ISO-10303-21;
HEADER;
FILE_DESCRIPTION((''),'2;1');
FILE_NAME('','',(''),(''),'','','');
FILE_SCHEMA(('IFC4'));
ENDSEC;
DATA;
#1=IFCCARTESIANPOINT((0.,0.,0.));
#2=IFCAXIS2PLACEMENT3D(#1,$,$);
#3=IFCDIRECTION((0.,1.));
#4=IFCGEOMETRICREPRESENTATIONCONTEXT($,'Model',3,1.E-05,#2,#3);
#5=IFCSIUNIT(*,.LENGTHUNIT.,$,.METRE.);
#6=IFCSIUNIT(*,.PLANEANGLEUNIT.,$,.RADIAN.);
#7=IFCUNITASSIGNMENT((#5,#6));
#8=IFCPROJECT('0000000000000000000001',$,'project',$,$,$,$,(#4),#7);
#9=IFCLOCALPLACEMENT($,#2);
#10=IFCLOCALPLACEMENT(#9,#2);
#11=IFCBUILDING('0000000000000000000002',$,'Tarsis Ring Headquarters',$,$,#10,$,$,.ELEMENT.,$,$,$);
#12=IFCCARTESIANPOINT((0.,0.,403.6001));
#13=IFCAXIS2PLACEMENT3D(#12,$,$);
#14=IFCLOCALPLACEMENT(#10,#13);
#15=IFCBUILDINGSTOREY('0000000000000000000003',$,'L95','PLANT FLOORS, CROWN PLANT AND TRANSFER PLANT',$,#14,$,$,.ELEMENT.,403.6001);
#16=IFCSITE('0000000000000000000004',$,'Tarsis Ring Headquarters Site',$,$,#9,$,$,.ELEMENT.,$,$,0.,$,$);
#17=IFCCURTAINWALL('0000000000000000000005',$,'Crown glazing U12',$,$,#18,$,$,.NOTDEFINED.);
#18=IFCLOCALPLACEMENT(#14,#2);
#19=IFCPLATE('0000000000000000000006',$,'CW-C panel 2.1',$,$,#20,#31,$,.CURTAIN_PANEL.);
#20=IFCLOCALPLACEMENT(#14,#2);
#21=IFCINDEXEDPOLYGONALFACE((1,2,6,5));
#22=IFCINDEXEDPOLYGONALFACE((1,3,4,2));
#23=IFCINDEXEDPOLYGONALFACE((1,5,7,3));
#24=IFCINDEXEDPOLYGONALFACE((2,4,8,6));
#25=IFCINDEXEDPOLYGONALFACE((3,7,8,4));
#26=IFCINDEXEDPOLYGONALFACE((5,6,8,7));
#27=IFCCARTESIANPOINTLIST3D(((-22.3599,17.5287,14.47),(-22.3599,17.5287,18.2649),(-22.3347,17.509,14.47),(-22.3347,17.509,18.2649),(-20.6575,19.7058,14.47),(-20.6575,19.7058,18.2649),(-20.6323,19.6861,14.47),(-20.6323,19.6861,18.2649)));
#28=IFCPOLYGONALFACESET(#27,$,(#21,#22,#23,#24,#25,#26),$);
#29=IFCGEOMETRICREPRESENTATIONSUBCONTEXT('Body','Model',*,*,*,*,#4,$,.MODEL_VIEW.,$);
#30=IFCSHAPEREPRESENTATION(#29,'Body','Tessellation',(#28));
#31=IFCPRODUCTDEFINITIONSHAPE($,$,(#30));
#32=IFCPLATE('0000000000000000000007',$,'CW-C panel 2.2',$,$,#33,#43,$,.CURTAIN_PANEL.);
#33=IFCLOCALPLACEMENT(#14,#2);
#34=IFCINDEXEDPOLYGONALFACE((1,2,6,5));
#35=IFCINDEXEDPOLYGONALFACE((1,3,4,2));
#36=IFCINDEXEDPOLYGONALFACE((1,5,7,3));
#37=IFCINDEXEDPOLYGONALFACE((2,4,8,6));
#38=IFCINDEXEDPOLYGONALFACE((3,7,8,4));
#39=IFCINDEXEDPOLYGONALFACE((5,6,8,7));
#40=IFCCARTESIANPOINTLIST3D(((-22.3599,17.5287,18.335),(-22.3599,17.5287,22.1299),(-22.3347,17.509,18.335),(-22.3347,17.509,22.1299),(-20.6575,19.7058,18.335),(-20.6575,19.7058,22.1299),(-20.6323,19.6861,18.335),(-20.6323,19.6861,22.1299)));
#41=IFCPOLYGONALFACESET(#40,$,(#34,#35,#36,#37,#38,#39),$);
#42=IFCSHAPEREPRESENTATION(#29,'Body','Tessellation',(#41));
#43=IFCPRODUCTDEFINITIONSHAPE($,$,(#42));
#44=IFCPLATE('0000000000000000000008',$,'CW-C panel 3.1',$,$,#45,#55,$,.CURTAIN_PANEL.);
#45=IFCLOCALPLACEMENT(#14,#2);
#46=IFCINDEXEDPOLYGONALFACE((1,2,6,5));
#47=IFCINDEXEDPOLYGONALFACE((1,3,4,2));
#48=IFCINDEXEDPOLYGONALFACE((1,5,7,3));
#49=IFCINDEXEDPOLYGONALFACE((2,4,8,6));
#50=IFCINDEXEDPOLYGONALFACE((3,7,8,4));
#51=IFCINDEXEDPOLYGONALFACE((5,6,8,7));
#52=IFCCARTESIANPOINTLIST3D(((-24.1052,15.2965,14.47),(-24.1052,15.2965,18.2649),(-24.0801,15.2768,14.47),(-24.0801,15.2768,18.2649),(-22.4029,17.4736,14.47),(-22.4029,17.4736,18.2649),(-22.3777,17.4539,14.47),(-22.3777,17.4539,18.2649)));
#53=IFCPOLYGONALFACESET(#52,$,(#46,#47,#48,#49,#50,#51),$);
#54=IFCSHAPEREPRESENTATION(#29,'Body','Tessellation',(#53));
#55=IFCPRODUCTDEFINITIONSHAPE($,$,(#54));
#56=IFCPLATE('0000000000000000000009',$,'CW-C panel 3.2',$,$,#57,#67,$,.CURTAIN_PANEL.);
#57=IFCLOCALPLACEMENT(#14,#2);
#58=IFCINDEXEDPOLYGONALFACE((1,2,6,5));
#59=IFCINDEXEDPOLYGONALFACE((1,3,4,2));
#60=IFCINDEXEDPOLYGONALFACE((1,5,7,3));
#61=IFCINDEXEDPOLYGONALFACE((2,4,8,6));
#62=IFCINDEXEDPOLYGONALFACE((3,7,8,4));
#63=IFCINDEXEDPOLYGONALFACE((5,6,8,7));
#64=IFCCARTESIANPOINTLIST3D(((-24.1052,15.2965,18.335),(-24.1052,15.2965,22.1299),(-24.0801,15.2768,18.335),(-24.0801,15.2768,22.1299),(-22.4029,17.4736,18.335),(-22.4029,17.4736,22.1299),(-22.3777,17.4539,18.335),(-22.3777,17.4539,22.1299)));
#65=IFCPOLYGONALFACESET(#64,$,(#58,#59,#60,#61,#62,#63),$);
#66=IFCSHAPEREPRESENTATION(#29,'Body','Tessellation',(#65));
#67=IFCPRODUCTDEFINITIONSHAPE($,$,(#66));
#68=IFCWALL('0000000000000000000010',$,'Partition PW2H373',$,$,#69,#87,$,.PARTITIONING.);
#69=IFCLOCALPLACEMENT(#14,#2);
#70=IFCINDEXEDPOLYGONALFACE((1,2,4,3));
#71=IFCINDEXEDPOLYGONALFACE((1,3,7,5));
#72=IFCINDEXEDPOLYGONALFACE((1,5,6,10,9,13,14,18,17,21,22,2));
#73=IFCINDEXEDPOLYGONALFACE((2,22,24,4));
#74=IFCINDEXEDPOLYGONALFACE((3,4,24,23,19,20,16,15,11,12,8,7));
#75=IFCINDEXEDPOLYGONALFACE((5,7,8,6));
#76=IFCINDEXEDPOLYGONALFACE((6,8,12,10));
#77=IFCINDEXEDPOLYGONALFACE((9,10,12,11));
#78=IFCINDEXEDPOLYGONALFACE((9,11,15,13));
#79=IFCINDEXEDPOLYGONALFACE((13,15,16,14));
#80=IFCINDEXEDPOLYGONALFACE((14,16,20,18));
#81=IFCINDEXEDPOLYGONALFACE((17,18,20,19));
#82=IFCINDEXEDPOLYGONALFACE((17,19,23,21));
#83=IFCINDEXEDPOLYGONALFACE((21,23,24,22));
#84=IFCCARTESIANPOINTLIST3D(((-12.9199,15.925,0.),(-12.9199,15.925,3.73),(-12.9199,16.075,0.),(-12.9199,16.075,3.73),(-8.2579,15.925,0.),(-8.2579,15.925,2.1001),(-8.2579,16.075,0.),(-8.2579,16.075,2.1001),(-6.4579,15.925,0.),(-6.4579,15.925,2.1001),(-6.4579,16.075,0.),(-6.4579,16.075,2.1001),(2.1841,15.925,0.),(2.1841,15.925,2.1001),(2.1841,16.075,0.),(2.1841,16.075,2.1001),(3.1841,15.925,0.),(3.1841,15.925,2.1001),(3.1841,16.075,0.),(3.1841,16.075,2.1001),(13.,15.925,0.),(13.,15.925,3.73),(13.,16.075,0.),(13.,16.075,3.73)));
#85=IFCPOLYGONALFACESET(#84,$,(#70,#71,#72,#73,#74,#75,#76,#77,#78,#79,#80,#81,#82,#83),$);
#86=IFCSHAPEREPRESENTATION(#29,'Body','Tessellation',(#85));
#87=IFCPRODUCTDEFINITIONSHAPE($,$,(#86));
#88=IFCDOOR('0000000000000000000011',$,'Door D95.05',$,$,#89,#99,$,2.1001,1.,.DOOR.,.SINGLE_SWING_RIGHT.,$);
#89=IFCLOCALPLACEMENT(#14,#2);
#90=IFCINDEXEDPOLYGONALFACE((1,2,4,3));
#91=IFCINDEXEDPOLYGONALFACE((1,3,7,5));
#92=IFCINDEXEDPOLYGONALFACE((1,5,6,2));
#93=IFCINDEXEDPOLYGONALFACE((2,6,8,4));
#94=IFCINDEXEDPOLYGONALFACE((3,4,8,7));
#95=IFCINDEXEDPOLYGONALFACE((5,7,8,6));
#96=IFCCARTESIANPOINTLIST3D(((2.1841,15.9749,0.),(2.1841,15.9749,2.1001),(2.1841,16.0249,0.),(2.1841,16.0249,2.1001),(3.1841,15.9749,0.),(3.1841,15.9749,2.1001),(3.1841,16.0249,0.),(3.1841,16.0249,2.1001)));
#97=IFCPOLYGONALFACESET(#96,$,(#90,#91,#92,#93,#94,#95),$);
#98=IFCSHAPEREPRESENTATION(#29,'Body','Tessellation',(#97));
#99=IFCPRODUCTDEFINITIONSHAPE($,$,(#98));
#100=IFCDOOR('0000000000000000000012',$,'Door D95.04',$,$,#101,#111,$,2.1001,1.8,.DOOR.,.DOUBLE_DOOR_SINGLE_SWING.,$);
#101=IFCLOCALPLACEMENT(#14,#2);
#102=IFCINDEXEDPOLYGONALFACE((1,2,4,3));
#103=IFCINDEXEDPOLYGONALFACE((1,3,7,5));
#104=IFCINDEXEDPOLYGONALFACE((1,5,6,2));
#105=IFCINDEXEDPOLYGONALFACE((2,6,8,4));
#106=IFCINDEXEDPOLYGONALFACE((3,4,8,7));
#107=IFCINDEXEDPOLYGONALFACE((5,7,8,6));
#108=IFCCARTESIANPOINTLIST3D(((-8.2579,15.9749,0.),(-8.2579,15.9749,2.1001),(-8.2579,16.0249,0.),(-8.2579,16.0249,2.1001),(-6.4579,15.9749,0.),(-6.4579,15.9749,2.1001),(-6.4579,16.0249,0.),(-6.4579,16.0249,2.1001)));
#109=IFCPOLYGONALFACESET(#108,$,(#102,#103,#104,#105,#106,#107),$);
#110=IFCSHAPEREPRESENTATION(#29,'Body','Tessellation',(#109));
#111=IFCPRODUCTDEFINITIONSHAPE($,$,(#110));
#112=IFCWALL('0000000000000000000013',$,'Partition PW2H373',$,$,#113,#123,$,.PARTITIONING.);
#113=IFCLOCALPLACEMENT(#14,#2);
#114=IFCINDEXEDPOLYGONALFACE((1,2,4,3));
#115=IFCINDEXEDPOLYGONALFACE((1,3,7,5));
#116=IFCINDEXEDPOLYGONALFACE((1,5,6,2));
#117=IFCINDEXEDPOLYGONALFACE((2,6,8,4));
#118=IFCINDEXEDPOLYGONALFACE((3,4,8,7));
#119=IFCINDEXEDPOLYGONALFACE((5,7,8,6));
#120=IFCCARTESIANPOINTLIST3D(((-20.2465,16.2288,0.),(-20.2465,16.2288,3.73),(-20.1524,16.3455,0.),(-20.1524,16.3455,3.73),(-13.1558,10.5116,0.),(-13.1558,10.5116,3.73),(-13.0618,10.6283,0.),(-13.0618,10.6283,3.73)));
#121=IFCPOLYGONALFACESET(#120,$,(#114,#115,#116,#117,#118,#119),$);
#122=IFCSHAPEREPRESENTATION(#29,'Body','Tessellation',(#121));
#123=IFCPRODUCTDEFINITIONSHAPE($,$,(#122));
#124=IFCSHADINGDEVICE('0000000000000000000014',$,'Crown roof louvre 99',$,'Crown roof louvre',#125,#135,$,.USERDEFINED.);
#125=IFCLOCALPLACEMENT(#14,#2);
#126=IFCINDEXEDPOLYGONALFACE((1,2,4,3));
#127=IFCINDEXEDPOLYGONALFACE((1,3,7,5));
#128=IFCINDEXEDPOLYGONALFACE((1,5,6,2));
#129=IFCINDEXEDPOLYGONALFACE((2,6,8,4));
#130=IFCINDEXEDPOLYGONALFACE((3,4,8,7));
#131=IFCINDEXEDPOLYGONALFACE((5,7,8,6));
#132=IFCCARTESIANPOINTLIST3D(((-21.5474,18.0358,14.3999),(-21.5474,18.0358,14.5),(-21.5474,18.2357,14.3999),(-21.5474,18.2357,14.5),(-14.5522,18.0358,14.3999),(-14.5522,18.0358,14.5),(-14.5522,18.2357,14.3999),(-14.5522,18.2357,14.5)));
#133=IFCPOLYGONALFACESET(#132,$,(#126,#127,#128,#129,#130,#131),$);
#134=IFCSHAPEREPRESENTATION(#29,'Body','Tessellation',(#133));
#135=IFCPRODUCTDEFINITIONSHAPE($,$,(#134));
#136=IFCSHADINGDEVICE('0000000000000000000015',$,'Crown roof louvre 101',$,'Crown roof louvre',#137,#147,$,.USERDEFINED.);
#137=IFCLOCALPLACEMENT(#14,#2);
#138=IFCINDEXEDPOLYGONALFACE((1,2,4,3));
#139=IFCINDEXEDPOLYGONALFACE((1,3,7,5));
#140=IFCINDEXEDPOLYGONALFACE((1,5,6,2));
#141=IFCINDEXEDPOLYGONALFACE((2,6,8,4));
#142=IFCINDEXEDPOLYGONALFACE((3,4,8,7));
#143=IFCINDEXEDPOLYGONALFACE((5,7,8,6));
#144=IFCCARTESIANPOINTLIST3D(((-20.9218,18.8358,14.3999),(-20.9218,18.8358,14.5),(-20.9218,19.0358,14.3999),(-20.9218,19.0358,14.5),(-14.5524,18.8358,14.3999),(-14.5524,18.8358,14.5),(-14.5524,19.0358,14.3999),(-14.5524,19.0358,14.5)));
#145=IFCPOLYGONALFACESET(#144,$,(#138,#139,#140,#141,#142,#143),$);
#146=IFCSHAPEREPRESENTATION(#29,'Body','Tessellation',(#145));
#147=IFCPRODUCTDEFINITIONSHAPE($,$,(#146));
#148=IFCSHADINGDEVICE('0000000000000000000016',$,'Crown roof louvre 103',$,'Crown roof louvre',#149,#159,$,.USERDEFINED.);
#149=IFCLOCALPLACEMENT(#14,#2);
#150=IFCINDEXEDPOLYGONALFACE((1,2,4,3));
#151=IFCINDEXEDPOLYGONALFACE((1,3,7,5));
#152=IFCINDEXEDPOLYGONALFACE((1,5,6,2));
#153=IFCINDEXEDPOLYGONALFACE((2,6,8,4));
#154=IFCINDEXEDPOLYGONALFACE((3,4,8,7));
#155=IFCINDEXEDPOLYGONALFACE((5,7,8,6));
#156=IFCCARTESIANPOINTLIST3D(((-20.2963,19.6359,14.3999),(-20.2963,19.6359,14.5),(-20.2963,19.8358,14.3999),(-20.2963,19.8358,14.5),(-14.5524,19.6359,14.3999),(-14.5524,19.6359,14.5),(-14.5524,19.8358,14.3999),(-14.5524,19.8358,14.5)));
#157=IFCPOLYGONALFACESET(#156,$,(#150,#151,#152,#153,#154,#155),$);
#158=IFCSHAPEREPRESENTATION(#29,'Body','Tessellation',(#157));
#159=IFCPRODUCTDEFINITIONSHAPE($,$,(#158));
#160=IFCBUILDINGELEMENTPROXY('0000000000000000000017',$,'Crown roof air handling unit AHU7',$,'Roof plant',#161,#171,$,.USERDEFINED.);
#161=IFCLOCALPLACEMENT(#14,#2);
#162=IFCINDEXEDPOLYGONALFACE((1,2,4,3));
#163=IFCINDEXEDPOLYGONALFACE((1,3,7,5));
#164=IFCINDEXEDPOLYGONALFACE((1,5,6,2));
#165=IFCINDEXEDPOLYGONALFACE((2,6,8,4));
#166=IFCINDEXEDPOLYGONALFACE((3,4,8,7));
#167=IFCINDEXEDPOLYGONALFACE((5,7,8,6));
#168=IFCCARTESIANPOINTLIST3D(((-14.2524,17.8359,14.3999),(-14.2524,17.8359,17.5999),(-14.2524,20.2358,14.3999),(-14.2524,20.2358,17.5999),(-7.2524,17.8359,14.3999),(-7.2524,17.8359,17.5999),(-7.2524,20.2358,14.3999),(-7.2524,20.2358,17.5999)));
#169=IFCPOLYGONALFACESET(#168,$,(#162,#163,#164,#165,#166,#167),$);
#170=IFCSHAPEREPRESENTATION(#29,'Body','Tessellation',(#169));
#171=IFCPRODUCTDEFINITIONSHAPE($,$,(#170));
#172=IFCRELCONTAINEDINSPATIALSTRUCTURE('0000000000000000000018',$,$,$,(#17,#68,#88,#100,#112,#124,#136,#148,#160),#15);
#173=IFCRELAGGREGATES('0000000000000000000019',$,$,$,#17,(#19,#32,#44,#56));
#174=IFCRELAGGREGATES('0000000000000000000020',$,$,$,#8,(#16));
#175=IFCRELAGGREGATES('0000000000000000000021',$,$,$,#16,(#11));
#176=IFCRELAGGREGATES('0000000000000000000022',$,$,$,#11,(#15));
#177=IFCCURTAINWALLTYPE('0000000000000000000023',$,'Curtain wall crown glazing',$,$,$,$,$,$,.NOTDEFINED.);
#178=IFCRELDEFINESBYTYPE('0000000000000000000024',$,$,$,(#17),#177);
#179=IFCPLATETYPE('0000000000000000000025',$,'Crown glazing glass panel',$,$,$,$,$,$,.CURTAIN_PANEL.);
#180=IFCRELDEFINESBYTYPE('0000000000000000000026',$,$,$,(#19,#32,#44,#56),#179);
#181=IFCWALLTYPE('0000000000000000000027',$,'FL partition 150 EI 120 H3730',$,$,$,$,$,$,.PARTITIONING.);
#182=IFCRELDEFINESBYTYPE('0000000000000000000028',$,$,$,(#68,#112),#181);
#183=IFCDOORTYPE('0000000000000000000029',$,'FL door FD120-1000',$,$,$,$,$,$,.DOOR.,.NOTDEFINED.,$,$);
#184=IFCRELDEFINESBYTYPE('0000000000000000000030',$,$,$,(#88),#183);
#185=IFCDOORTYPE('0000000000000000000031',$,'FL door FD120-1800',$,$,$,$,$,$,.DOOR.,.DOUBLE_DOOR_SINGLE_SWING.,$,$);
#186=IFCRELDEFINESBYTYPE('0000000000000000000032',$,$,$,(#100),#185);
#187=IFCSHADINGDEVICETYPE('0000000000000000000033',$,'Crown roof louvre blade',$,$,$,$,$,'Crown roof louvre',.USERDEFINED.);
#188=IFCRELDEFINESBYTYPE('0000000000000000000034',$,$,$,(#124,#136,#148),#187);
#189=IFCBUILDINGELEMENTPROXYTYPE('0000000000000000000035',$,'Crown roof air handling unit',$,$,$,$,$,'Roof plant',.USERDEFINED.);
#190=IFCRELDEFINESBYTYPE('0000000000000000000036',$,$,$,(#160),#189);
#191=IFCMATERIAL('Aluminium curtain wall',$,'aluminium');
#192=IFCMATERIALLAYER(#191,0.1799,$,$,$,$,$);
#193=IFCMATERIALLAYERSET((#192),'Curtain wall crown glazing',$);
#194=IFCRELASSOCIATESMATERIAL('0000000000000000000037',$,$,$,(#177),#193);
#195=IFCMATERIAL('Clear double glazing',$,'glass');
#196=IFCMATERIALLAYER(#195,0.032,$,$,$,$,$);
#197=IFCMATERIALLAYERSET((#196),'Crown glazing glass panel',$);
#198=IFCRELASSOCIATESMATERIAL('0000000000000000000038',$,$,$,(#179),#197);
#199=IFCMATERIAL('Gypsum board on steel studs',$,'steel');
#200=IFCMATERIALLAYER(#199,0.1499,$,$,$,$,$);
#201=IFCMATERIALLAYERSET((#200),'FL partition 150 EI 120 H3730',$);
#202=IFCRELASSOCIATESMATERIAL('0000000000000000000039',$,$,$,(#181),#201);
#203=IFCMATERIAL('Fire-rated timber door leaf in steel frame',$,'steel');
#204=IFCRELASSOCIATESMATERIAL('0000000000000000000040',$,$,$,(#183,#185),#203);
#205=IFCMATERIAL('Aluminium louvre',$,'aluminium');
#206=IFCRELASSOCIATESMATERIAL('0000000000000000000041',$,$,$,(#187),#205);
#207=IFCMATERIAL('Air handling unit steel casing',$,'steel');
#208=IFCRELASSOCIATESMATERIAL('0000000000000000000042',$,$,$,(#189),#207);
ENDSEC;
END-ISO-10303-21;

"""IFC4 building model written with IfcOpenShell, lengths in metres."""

from ifc_helpers import new_model, si_unit, direction, frame, frame_2d, origin, origin_2d, place, context, subcontext, project, spatial, rectangle, extrude, material, layer, layer_set, type_object, element, fill, aggregate, save


model = new_model("IFC4")

# Units and contexts
model_context = context("Model", 3, precision=1e-05, world=origin(), true_north=direction((0.0, 1.0)))
body_context = subcontext(model_context, "Body", "Model", "MODEL_VIEW")
ifc_project = project(units=[si_unit("LENGTHUNIT", "METRE"), si_unit("PLANEANGLEUNIT", "RADIAN")], contexts=[model_context])

# Site, building, storey
site_placement = place(None, origin())
site = spatial("IfcSite", under=ifc_project, at=site_placement, Name="Tarsis Ring Headquarters Site", CompositionType="ELEMENT", RefElevation=0.0)
building_placement = place(site_placement, origin())
building = spatial("IfcBuilding", under=site, at=building_placement, Name="Tarsis Ring Headquarters", CompositionType="ELEMENT")
storey_placement = place(building_placement, frame((0.0, 0.0, 403.6001)))
storey = spatial("IfcBuildingStorey", under=building, at=storey_placement, Name="L95", Description="PLANT FLOORS, CROWN PLANT AND TRANSFER PLANT", CompositionType="ELEMENT", Elevation=403.6001)

# Curtain wall
ifc_material_1 = material(Name="Aluminium curtain wall", Category="aluminium")
ifc_layer_1 = layer(ifc_material_1, 0.1799)
ifc_layer_set_1 = layer_set([ifc_layer_1], Name="Curtain wall crown glazing")
curtain_wall_type = type_object("IfcCurtainWallType", Name="Curtain wall crown glazing", PredefinedType="NOTDEFINED", material=ifc_layer_set_1)
curtain_wall_placement = place(storey_placement, origin())
curtain_wall = element("IfcCurtainWall", 1, at=curtain_wall_placement, inside=storey, type_object=curtain_wall_type, Name="Crown glazing U12", PredefinedType="NOTDEFINED")

# Plates
ifc_material_2 = material(Name="Clear double glazing", Category="glass")
ifc_layer_2 = layer(ifc_material_2, 0.032)
ifc_layer_set_2 = layer_set([ifc_layer_2], Name="Crown glazing glass panel")
plate_type = type_object("IfcPlateType", Name="Crown glazing glass panel", PredefinedType="CURTAIN_PANEL", material=ifc_layer_set_2)
plate_1_placement = place(storey_placement, frame((-21.4961, 18.6074, 14.47), z_axis=(0.0, 0.0, 1.0), x_axis=(-0.615988, -0.787755, 0.0)))
plate_1 = element("IfcPlate", 2, at=plate_1_placement, type_object=plate_type, Name="CW-C panel 2.1", PredefinedType="CURTAIN_PANEL", context=body_context, shape_type="SweptSolid", body=[
    extrude(rectangle(XDim=2.7637, YDim=0.032, at=origin_2d()), origin(), (0.0, 0.0, 1.0), 3.7949),
])
plate_2_placement = place(storey_placement, frame((-21.4961, 18.6074, 18.335), z_axis=(0.0, 0.0, 1.0), x_axis=(-0.615988, -0.787755, 0.0)))
plate_2 = element("IfcPlate", 3, at=plate_2_placement, type_object=plate_type, Name="CW-C panel 2.2", PredefinedType="CURTAIN_PANEL", context=body_context, shape_type="SweptSolid", body=[
    extrude(rectangle(XDim=2.7637, YDim=0.032, at=origin_2d()), origin(), (0.0, 0.0, 1.0), 3.7949),
])
plate_3_placement = place(storey_placement, frame((-23.2415, 16.3752, 14.47), z_axis=(0.0, 0.0, 1.0), x_axis=(-0.615988, -0.787755, 0.0)))
plate_3 = element("IfcPlate", 4, at=plate_3_placement, type_object=plate_type, Name="CW-C panel 3.1", PredefinedType="CURTAIN_PANEL", context=body_context, shape_type="SweptSolid", body=[
    extrude(rectangle(XDim=2.7637, YDim=0.032, at=origin_2d()), origin(), (0.0, 0.0, 1.0), 3.7949),
])
plate_4_placement = place(storey_placement, frame((-23.2415, 16.3752, 18.335), z_axis=(0.0, 0.0, 1.0), x_axis=(-0.615988, -0.787755, 0.0)))
plate_4 = element("IfcPlate", 5, at=plate_4_placement, type_object=plate_type, Name="CW-C panel 3.2", PredefinedType="CURTAIN_PANEL", context=body_context, shape_type="SweptSolid", body=[
    extrude(rectangle(XDim=2.7637, YDim=0.032, at=origin_2d()), origin(), (0.0, 0.0, 1.0), 3.7949),
])
aggregate(curtain_wall, [plate_1, plate_2, plate_3, plate_4])

# Wall, openings, doors
ifc_material_3 = material(Name="Gypsum board on steel studs", Category="steel")
ifc_layer_3 = layer(ifc_material_3, 0.1499)
ifc_layer_set_3 = layer_set([ifc_layer_3], Name="FL partition 150 EI 120 H3730")
wall_type = type_object("IfcWallType", Name="FL partition 150 EI 120 H3730", PredefinedType="PARTITIONING", material=ifc_layer_set_3)
wall_1_placement = place(storey_placement, frame((-12.9199, 16.0, 0.0), z_axis=(0.0, 0.0, 1.0), x_axis=(1.0, 0.0, 0.0)))
wall_1 = element("IfcWall", 6, at=wall_1_placement, inside=storey, type_object=wall_type, Name="Partition PW2H373", PredefinedType="PARTITIONING", context=body_context, shape_type="SweptSolid", body=[
    extrude(rectangle(XDim=25.9199, YDim=0.1499, at=frame_2d((12.96, 0.0))), origin(), (0.0, 0.0, 1.0), 3.73),
])
opening_1_placement = place(wall_1_placement, frame((4.6621, 0.0, 0.0)))
opening_1 = element("IfcOpeningElement", 7, at=opening_1_placement, cuts=wall_1, PredefinedType="OPENING", context=body_context, shape_type="SweptSolid", body=[
    extrude(rectangle(XDim=1.8, YDim=2.1001, at=frame_2d((0.8999, 1.05))), frame((0.0, 0.085, 0.0), z_axis=(0.0, -1.0, 0.0), x_axis=(1.0, 0.0, 0.0)), (0.0, 0.0, 1.0), 0.1699),
])
opening_2_placement = place(wall_1_placement, frame((15.104, 0.0, 0.0)))
opening_2 = element("IfcOpeningElement", 8, at=opening_2_placement, cuts=wall_1, PredefinedType="OPENING", context=body_context, shape_type="SweptSolid", body=[
    extrude(rectangle(XDim=1.0, YDim=2.1001, at=frame_2d((0.5, 1.05))), frame((0.0, 0.085, 0.0), z_axis=(0.0, -1.0, 0.0), x_axis=(1.0, 0.0, 0.0)), (0.0, 0.0, 1.0), 0.1699),
])
ifc_material_4 = material(Name="Fire-rated timber door leaf in steel frame", Category="steel")
door_type_1 = type_object("IfcDoorType", Name="FL door FD120-1000", OperationType="NOTDEFINED", PredefinedType="DOOR", material=ifc_material_4)
door_1_placement = place(opening_2_placement, origin())
door_1 = element("IfcDoor", 9, at=door_1_placement, inside=storey, type_object=door_type_1, Name="Door D95.05", OperationType="SINGLE_SWING_RIGHT", OverallHeight=2.1001, OverallWidth=1.0, PredefinedType="DOOR", context=body_context, shape_type="SweptSolid", body=[
    extrude(rectangle(XDim=1.0, YDim=2.1001, at=frame_2d((0.5, 1.05))), frame((0.0, 0.0249, 0.0), z_axis=(0.0, -1.0, 0.0), x_axis=(1.0, 0.0, 0.0)), (0.0, 0.0, 1.0), 0.05),
])
fill(opening_2, door_1)
door_type_2 = type_object("IfcDoorType", Name="FL door FD120-1800", OperationType="DOUBLE_DOOR_SINGLE_SWING", PredefinedType="DOOR", material=ifc_material_4)
door_2_placement = place(opening_1_placement, origin())
door_2 = element("IfcDoor", 10, at=door_2_placement, inside=storey, type_object=door_type_2, Name="Door D95.04", OperationType="DOUBLE_DOOR_SINGLE_SWING", OverallHeight=2.1001, OverallWidth=1.8, PredefinedType="DOOR", context=body_context, shape_type="SweptSolid", body=[
    extrude(rectangle(XDim=1.8, YDim=2.1001, at=frame_2d((0.8999, 1.05))), frame((0.0, 0.0249, 0.0), z_axis=(0.0, -1.0, 0.0), x_axis=(1.0, 0.0, 0.0)), (0.0, 0.0, 1.0), 0.05),
])
fill(opening_1, door_2)

# Wall
wall_2_placement = place(storey_placement, frame((-20.1995, 16.2871, 0.0), z_axis=(0.0, 0.0, 1.0), x_axis=(0.778476, -0.627675, 0.0)))
element("IfcWall", 11, at=wall_2_placement, inside=storey, type_object=wall_type, Name="Partition PW2H373", PredefinedType="PARTITIONING", context=body_context, shape_type="SweptSolid", body=[
    extrude(rectangle(XDim=9.1084, YDim=0.1499, at=frame_2d((4.5542, 0.0))), origin(), (0.0, 0.0, 1.0), 3.73),
])

# Shading devices
ifc_material_5 = material(Name="Aluminium louvre", Category="aluminium")
shading_device_type_1 = type_object("IfcShadingDeviceType", Name="Crown roof louvre blade", ElementType="Crown roof louvre", PredefinedType="USERDEFINED", material=ifc_material_5)
shading_device_1_placement = place(storey_placement, frame((-18.0498, 18.1357, 14.3999), z_axis=(0.0, 0.0, 1.0), x_axis=(1.0, 0.0, 0.0)))
element("IfcShadingDevice", 12, at=shading_device_1_placement, inside=storey, type_object=shading_device_type_1, Name="Crown roof louvre 99", ObjectType="Crown roof louvre", PredefinedType="USERDEFINED", context=body_context, shape_type="SweptSolid", body=[
    extrude(rectangle(XDim=6.9951, YDim=0.2, at=origin_2d()), origin(), (0.0, 0.0, 1.0), 0.1001),
])
shading_device_2_placement = place(storey_placement, frame((-17.7371, 18.9358, 14.3999), z_axis=(0.0, 0.0, 1.0), x_axis=(1.0, 0.0, 0.0)))
element("IfcShadingDevice", 13, at=shading_device_2_placement, inside=storey, type_object=shading_device_type_1, Name="Crown roof louvre 101", ObjectType="Crown roof louvre", PredefinedType="USERDEFINED", context=body_context, shape_type="SweptSolid", body=[
    extrude(rectangle(XDim=6.3694, YDim=0.2, at=origin_2d()), origin(), (0.0, 0.0, 1.0), 0.1001),
])
shading_device_3_placement = place(storey_placement, frame((-17.4243, 19.7358, 14.3999), z_axis=(0.0, 0.0, 1.0), x_axis=(1.0, 0.0, 0.0)))
element("IfcShadingDevice", 14, at=shading_device_3_placement, inside=storey, type_object=shading_device_type_1, Name="Crown roof louvre 103", ObjectType="Crown roof louvre", PredefinedType="USERDEFINED", context=body_context, shape_type="SweptSolid", body=[
    extrude(rectangle(XDim=5.7439, YDim=0.2, at=origin_2d()), origin(), (0.0, 0.0, 1.0), 0.1001),
])

# Building element proxy
ifc_material_6 = material(Name="Air handling unit steel casing", Category="steel")
building_element_proxy_type = type_object("IfcBuildingElementProxyType", Name="Crown roof air handling unit", ElementType="Roof plant", PredefinedType="USERDEFINED", material=ifc_material_6)
proxy_placement = place(storey_placement, frame((-10.7524, 19.0359, 14.3999), z_axis=(0.0, 0.0, 1.0), x_axis=(1.0, 0.0, 0.0)))
element("IfcBuildingElementProxy", 15, at=proxy_placement, inside=storey, type_object=building_element_proxy_type, Name="Crown roof air handling unit AHU7", ObjectType="Roof plant", PredefinedType="USERDEFINED", context=body_context, shape_type="SweptSolid", body=[
    extrude(rectangle(XDim=7.0, YDim=2.3999, at=origin_2d()), origin(), (0.0, 0.0, 1.0), 3.2),
])

save(model, "model.ifc")
